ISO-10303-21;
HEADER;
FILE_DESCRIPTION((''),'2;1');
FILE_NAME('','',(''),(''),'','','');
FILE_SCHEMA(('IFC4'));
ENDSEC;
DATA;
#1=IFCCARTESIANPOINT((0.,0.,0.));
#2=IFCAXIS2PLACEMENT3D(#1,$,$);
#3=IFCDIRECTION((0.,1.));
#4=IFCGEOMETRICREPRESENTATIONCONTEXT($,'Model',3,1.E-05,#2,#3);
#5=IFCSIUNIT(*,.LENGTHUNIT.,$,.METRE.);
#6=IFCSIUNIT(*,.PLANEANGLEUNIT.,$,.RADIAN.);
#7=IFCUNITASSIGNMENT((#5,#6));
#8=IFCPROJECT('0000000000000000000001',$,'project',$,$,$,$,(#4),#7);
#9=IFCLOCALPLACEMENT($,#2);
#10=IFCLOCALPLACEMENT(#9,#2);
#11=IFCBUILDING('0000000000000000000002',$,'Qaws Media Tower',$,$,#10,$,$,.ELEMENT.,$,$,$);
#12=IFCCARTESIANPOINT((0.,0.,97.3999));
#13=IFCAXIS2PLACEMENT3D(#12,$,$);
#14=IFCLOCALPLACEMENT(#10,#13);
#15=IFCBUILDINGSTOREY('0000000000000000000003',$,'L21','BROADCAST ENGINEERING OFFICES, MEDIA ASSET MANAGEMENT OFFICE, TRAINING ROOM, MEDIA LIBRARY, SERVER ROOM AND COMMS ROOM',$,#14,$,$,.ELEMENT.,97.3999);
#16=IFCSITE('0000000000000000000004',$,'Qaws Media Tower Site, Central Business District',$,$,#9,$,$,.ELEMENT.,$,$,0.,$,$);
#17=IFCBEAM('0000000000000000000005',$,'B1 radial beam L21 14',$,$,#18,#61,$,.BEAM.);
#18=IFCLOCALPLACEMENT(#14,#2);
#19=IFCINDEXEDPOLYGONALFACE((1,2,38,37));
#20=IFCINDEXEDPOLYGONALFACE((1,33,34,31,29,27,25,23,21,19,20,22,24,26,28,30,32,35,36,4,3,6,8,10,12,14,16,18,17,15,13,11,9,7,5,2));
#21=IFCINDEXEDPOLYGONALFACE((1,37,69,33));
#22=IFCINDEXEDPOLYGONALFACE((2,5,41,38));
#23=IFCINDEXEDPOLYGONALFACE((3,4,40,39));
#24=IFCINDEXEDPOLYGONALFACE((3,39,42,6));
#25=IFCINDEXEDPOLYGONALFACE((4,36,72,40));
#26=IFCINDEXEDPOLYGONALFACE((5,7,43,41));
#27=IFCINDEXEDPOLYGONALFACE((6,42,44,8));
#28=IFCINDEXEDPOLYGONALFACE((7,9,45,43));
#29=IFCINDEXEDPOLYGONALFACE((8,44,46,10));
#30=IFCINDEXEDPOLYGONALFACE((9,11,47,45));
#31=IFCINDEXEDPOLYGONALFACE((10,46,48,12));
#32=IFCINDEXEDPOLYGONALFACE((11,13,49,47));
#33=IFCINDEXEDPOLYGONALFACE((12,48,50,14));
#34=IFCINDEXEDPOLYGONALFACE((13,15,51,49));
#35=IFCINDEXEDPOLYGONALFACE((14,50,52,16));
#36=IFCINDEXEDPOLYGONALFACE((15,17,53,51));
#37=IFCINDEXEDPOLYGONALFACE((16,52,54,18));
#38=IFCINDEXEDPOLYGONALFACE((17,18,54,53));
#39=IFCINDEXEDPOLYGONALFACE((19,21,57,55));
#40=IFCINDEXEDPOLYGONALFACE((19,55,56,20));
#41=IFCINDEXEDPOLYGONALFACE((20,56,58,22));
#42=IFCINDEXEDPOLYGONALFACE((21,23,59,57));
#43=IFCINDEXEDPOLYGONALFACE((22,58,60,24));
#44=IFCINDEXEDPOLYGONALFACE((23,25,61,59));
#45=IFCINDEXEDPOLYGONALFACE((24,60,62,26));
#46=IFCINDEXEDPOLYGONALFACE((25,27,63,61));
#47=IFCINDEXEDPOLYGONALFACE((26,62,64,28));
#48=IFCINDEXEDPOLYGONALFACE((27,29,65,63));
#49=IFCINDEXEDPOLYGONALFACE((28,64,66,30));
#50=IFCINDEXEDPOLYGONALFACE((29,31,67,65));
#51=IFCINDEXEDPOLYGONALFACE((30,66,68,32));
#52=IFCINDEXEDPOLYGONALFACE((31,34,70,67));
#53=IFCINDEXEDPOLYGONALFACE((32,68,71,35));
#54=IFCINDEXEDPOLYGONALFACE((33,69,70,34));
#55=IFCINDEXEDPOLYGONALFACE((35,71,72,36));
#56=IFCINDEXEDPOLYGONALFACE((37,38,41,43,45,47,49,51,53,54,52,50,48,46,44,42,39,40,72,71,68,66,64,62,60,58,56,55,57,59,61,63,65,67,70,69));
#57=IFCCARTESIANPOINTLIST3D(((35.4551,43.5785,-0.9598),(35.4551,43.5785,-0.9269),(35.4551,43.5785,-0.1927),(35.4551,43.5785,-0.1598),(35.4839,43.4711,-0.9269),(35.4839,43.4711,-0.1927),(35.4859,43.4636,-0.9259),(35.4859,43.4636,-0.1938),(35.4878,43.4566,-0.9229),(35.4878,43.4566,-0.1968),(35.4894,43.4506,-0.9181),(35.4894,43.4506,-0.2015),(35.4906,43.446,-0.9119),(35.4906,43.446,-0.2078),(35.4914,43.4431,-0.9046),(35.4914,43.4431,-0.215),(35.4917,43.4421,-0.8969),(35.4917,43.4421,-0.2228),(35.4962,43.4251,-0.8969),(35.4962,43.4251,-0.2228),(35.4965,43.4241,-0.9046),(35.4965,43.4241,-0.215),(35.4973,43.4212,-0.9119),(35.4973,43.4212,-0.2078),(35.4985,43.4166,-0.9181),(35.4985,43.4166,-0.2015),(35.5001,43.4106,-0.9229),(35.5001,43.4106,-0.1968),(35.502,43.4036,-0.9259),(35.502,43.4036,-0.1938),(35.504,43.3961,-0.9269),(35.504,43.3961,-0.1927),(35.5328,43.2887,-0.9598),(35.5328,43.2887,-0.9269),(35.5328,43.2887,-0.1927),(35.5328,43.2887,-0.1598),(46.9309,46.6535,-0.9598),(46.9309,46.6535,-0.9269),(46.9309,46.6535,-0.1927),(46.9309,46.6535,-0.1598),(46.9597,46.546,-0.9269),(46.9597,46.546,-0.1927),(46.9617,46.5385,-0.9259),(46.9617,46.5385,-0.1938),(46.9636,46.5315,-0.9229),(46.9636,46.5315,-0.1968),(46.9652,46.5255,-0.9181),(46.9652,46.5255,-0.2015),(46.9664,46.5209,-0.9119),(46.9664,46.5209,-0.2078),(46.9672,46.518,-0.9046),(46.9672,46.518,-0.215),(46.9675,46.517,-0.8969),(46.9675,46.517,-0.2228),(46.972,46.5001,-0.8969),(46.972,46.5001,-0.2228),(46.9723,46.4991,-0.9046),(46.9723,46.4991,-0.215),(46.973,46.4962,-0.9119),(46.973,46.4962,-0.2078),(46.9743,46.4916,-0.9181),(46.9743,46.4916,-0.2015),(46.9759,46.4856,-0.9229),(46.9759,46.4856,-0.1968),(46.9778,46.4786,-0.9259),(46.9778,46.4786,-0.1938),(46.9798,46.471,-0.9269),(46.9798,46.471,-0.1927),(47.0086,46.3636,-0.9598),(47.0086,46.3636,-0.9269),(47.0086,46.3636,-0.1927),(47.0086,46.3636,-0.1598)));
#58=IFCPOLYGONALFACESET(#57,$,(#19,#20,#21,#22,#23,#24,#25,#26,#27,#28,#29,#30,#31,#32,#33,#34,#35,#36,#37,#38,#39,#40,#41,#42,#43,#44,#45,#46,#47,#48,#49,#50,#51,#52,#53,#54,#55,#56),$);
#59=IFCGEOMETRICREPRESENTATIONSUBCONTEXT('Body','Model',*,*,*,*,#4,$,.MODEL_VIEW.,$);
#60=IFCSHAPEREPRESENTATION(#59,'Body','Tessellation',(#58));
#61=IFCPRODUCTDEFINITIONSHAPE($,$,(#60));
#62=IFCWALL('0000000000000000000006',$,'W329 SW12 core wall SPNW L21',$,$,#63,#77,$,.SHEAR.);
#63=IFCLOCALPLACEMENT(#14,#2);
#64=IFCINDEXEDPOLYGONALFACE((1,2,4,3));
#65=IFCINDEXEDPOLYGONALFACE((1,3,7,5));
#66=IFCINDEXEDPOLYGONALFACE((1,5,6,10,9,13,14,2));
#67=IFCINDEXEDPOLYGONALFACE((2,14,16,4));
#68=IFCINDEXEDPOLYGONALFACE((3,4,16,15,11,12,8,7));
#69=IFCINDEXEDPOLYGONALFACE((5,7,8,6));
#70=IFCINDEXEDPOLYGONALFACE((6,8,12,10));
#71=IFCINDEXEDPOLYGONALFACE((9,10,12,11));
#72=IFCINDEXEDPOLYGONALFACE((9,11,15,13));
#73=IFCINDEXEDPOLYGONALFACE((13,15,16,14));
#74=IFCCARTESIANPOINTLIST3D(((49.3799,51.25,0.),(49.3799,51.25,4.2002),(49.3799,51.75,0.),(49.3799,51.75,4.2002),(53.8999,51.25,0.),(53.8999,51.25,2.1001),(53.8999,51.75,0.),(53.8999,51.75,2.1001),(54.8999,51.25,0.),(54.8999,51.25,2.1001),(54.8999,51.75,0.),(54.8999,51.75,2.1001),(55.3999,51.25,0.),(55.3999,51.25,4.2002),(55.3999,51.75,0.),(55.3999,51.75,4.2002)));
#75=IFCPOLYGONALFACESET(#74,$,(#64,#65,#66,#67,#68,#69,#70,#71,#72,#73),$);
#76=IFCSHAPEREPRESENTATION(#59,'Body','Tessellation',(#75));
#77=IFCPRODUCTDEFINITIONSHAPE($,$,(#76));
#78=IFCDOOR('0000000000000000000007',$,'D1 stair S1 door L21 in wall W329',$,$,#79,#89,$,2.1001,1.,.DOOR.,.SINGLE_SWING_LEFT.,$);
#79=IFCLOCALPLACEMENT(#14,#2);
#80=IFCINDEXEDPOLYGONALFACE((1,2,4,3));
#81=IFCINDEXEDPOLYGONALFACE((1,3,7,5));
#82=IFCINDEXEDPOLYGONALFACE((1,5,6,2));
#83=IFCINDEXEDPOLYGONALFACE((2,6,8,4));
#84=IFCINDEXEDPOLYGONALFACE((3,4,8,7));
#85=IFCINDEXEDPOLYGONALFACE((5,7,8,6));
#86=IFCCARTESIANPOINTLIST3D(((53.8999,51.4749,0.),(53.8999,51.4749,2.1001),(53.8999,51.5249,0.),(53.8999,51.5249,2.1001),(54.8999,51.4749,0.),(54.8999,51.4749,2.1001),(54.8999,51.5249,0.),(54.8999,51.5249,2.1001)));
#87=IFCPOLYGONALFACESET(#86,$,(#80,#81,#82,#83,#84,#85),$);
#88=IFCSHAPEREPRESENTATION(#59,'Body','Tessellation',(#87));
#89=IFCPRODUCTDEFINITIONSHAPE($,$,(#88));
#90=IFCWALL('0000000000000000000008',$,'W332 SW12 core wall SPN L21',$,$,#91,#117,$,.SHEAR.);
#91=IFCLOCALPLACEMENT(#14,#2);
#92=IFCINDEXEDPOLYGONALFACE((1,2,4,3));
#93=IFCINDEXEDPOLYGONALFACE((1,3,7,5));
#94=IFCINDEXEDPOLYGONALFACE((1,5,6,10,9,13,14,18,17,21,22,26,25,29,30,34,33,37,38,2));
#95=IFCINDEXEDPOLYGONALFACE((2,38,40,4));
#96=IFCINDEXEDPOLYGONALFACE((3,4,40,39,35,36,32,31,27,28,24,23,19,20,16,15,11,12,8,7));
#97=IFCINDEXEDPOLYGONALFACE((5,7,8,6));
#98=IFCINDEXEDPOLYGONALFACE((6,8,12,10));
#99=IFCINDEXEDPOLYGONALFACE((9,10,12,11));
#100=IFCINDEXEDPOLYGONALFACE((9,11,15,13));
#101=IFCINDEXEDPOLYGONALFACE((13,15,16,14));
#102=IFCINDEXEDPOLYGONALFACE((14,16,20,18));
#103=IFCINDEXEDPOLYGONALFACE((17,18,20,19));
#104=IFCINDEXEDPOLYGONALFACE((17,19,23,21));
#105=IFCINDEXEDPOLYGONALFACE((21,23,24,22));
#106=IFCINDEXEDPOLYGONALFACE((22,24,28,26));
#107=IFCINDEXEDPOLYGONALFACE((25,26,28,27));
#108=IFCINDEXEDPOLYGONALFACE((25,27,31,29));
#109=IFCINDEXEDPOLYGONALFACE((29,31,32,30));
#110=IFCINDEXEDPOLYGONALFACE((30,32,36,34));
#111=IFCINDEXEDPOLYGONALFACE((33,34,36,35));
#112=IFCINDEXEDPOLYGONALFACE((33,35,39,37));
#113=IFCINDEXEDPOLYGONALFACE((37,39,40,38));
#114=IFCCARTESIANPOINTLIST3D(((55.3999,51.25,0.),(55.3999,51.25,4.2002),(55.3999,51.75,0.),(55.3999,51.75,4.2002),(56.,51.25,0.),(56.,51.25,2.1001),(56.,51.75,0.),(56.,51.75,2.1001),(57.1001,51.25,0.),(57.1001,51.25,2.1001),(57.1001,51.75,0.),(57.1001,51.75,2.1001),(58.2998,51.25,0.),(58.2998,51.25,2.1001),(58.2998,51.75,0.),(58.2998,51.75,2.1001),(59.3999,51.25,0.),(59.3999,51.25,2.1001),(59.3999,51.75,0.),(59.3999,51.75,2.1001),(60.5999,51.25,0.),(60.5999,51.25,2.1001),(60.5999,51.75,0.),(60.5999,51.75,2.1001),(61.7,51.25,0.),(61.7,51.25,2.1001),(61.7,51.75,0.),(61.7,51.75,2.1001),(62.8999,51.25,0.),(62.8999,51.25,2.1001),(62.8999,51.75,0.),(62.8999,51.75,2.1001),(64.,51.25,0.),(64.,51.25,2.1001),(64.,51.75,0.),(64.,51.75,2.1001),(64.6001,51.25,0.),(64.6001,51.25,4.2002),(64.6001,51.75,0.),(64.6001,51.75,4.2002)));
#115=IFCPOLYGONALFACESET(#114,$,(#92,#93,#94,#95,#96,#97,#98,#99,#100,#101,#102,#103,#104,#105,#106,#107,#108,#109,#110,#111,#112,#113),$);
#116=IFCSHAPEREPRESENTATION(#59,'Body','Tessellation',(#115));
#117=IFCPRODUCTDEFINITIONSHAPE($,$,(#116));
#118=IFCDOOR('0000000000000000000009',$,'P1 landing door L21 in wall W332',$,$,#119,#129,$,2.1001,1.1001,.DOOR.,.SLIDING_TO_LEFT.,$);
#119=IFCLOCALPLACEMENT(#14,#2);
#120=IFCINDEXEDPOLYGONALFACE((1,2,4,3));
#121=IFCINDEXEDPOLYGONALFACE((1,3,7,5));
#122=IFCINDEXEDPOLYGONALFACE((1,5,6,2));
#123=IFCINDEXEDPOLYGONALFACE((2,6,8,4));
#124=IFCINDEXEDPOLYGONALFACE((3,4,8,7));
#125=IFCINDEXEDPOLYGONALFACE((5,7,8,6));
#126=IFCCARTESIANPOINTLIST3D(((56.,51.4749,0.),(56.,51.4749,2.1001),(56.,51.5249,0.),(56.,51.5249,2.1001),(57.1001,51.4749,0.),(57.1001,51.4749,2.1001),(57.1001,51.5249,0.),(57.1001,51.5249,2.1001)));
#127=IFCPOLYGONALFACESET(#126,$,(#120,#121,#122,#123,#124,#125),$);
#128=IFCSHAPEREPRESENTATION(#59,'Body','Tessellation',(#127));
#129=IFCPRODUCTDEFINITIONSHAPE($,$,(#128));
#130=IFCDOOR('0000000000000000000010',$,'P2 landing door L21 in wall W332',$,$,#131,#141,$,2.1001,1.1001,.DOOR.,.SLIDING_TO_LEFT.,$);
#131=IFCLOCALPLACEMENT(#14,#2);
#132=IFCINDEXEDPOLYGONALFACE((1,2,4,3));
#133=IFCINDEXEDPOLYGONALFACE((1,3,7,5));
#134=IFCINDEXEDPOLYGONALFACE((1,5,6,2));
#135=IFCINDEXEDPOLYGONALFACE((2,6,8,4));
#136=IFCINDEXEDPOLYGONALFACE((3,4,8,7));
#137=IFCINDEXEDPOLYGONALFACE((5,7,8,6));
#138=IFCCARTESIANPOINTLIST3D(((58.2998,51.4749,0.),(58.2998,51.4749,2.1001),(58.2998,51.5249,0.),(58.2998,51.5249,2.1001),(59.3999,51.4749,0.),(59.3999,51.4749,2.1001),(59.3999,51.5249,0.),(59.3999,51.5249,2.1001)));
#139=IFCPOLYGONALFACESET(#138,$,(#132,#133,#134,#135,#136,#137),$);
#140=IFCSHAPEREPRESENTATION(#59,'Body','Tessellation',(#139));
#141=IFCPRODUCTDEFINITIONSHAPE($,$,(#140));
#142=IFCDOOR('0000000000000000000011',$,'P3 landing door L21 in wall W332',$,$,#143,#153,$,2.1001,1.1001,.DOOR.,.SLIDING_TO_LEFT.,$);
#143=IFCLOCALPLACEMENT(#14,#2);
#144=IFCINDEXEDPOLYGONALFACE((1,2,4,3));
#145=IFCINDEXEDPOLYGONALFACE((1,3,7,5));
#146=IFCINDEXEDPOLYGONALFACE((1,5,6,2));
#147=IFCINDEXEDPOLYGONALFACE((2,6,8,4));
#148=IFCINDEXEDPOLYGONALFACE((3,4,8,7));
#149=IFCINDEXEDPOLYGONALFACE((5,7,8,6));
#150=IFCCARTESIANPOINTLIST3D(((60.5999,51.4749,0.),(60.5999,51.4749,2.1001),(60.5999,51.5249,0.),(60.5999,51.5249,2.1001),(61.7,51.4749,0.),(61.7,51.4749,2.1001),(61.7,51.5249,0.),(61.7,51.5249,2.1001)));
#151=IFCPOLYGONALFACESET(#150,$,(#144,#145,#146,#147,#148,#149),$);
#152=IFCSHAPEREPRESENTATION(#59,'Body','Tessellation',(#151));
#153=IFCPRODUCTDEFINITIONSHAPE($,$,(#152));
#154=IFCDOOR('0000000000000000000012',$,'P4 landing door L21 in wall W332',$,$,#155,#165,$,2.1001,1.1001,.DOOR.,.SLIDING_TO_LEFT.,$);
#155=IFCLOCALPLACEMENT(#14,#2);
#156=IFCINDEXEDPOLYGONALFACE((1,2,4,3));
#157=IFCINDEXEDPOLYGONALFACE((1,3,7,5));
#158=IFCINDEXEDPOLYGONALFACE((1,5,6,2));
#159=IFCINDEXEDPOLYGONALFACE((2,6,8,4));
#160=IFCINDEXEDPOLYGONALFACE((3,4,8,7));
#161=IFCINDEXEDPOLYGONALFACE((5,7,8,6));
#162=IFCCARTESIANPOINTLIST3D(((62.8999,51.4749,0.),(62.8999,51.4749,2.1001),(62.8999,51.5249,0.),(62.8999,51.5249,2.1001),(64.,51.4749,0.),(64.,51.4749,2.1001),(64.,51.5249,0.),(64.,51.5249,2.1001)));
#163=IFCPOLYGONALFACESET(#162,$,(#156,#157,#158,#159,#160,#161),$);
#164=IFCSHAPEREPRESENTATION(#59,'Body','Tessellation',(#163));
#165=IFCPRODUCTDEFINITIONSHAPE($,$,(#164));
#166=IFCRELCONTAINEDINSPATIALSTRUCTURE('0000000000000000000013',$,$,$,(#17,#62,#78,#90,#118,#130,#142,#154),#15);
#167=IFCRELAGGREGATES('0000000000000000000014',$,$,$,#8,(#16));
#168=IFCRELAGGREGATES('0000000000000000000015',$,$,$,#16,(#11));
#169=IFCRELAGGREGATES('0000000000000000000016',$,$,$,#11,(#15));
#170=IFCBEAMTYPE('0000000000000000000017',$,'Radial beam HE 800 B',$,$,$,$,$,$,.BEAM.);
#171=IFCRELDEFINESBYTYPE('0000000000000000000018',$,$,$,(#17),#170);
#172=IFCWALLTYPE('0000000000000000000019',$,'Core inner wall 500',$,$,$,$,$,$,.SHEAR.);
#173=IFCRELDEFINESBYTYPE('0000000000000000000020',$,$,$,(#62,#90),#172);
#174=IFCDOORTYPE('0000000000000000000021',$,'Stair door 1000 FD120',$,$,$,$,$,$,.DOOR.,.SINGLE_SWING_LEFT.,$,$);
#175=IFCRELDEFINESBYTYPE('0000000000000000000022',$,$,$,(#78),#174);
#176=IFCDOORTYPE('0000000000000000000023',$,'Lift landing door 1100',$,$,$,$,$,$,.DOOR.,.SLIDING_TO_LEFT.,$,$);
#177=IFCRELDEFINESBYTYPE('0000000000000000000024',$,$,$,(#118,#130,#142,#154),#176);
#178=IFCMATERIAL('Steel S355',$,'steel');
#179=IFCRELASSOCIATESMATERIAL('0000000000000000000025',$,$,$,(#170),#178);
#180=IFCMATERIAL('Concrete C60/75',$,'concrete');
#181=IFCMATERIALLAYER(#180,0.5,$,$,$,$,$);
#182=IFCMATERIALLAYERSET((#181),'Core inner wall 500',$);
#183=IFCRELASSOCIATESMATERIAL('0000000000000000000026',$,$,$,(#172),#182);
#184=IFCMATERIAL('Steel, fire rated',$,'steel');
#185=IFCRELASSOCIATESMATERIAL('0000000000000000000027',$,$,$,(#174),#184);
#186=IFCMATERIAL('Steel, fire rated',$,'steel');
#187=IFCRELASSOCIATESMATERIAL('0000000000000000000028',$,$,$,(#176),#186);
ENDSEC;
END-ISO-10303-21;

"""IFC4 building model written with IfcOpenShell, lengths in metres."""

from ifc_helpers import new_model, si_unit, direction, frame, frame_2d, origin, origin_2d, place, context, subcontext, project, spatial, rectangle, i_section, extrude, material, layer, layer_set, material_profile, profile_set, type_object, element, fill, save


model = new_model("IFC4")

# Units and contexts
model_context = context("Model", 3, precision=1e-05, world=origin(), true_north=direction((0.0, 1.0)))
body_context = subcontext(model_context, "Body", "Model", "MODEL_VIEW")
ifc_project = project(units=[si_unit("LENGTHUNIT", "METRE"), si_unit("PLANEANGLEUNIT", "RADIAN")], contexts=[model_context])

# Site, building, storey
site_placement = place(None, origin())
site = spatial("IfcSite", under=ifc_project, at=site_placement, Name="Qaws Media Tower Site, Central Business District", CompositionType="ELEMENT", RefElevation=0.0)
building_placement = place(site_placement, origin())
building = spatial("IfcBuilding", under=site, at=building_placement, Name="Qaws Media Tower", CompositionType="ELEMENT")
storey_placement = place(building_placement, frame((0.0, 0.0, 97.3999)))
storey = spatial("IfcBuildingStorey", under=building, at=storey_placement, Name="L21", Description="BROADCAST ENGINEERING OFFICES, MEDIA ASSET MANAGEMENT OFFICE, TRAINING ROOM, MEDIA LIBRARY, SERVER ROOM AND COMMS ROOM", CompositionType="ELEMENT", Elevation=97.3999)

# Beam
ifc_material_1 = material(Name="Steel S355", Category="steel")
ifc_material_profile_1 = material_profile(ifc_material_1, i_section(OverallWidth=0.3, OverallDepth=0.8, WebThickness=0.0176, FlangeThickness=0.033, FilletRadius=0.03, at=origin_2d()), Name="HE 800 B")
ifc_profile_set_1 = profile_set([ifc_material_profile_1], Name="Steel S355")
beam_type_1 = type_object("IfcBeamType", Name="Radial beam HE 800 B", PredefinedType="BEAM", material=ifc_profile_set_1)
beam_1_placement = place(storey_placement, frame((46.9697, 46.5085, -0.5598), z_axis=(-0.965926, -0.25882, 0.0), x_axis=(0.25882, -0.965926, 0.0)))
element("IfcBeam", 1, at=beam_1_placement, inside=storey, type_object=beam_type_1, Name="B1 radial beam L21 14", PredefinedType="BEAM", context=body_context, shape_type="SweptSolid", body=[
    extrude(i_section(OverallWidth=0.3, OverallDepth=0.8, WebThickness=0.0176, FlangeThickness=0.033, FilletRadius=0.03, at=origin_2d()), origin(), (0.0, 0.0, 1.0), 11.8806),
])

# Wall, opening, door
ifc_material_2 = material(Name="Concrete C60/75", Category="concrete")
ifc_layer_1 = layer(ifc_material_2, 0.5)
ifc_layer_set_1 = layer_set([ifc_layer_1], Name="Core inner wall 500")
wall_type_1 = type_object("IfcWallType", Name="Core inner wall 500", PredefinedType="SHEAR", material=ifc_layer_set_1)
wall_1_placement = place(storey_placement, frame((49.3799, 51.5, 0.0), z_axis=(0.0, 0.0, 1.0), x_axis=(1.0, 0.0, 0.0)))
wall_1 = element("IfcWall", 2, at=wall_1_placement, inside=storey, type_object=wall_type_1, Name="W329 SW12 core wall SPNW L21", PredefinedType="SHEAR", context=body_context, shape_type="SweptSolid", body=[
    extrude(rectangle(XDim=6.02, YDim=0.5, at=frame_2d((3.01, 0.0))), origin(), (0.0, 0.0, 1.0), 4.2002),
])
opening_1_placement = place(wall_1_placement, frame((4.52, 0.0, 0.0)))
opening_1 = element("IfcOpeningElement", 3, at=opening_1_placement, cuts=wall_1, PredefinedType="OPENING", context=body_context, shape_type="SweptSolid", body=[
    extrude(rectangle(XDim=1.0, YDim=2.1001, at=frame_2d((0.5, 1.05))), frame((0.0, 0.26, 0.0), z_axis=(0.0, -1.0, 0.0), x_axis=(1.0, 0.0, 0.0)), (0.0, 0.0, 1.0), 0.52),
])
ifc_material_3 = material(Name="Steel, fire rated", Category="steel")
door_type_1 = type_object("IfcDoorType", Name="Stair door 1000 FD120", OperationType="SINGLE_SWING_LEFT", PredefinedType="DOOR", material=ifc_material_3)
door_1_placement = place(opening_1_placement, origin())
door_1 = element("IfcDoor", 4, at=door_1_placement, inside=storey, type_object=door_type_1, Name="D1 stair S1 door L21 in wall W329", OperationType="SINGLE_SWING_LEFT", OverallHeight=2.1001, OverallWidth=1.0, PredefinedType="DOOR", context=body_context, shape_type="SweptSolid", body=[
    extrude(rectangle(XDim=1.0, YDim=2.1001, at=frame_2d((0.5, 1.05))), frame((0.0, 0.0249, 0.0), z_axis=(0.0, -1.0, 0.0), x_axis=(1.0, 0.0, 0.0)), (0.0, 0.0, 1.0), 0.05),
])
fill(opening_1, door_1)

# Wall, openings, doors
wall_2_placement = place(storey_placement, frame((55.3999, 51.5, 0.0), z_axis=(0.0, 0.0, 1.0), x_axis=(1.0, 0.0, 0.0)))
wall_2 = element("IfcWall", 5, at=wall_2_placement, inside=storey, type_object=wall_type_1, Name="W332 SW12 core wall SPN L21", PredefinedType="SHEAR", context=body_context, shape_type="SweptSolid", body=[
    extrude(rectangle(XDim=9.2002, YDim=0.5, at=frame_2d((4.6001, 0.0))), origin(), (0.0, 0.0, 1.0), 4.2002),
])
opening_2_placement = place(wall_2_placement, frame((0.6001, 0.0, 0.0)))
opening_2 = element("IfcOpeningElement", 6, at=opening_2_placement, cuts=wall_2, PredefinedType="OPENING", context=body_context, shape_type="SweptSolid", body=[
    extrude(rectangle(XDim=1.1001, YDim=2.1001, at=frame_2d((0.55, 1.05))), frame((0.0, 0.26, 0.0), z_axis=(0.0, -1.0, 0.0), x_axis=(1.0, 0.0, 0.0)), (0.0, 0.0, 1.0), 0.52),
])
opening_3_placement = place(wall_2_placement, frame((2.8999, 0.0, 0.0)))
opening_3 = element("IfcOpeningElement", 7, at=opening_3_placement, cuts=wall_2, PredefinedType="OPENING", context=body_context, shape_type="SweptSolid", body=[
    extrude(rectangle(XDim=1.1001, YDim=2.1001, at=frame_2d((0.55, 1.05))), frame((0.0, 0.26, 0.0), z_axis=(0.0, -1.0, 0.0), x_axis=(1.0, 0.0, 0.0)), (0.0, 0.0, 1.0), 0.52),
])
opening_4_placement = place(wall_2_placement, frame((5.2, 0.0, 0.0)))
opening_4 = element("IfcOpeningElement", 8, at=opening_4_placement, cuts=wall_2, PredefinedType="OPENING", context=body_context, shape_type="SweptSolid", body=[
    extrude(rectangle(XDim=1.1001, YDim=2.1001, at=frame_2d((0.55, 1.05))), frame((0.0, 0.26, 0.0), z_axis=(0.0, -1.0, 0.0), x_axis=(1.0, 0.0, 0.0)), (0.0, 0.0, 1.0), 0.52),
])
opening_5_placement = place(wall_2_placement, frame((7.5, 0.0, 0.0)))
opening_5 = element("IfcOpeningElement", 9, at=opening_5_placement, cuts=wall_2, PredefinedType="OPENING", context=body_context, shape_type="SweptSolid", body=[
    extrude(rectangle(XDim=1.1001, YDim=2.1001, at=frame_2d((0.55, 1.05))), frame((0.0, 0.26, 0.0), z_axis=(0.0, -1.0, 0.0), x_axis=(1.0, 0.0, 0.0)), (0.0, 0.0, 1.0), 0.52),
])
ifc_material_4 = material(Name="Steel, fire rated", Category="steel")
door_type_2 = type_object("IfcDoorType", Name="Lift landing door 1100", OperationType="SLIDING_TO_LEFT", PredefinedType="DOOR", material=ifc_material_4)
door_2_placement = place(opening_2_placement, origin())
door_2 = element("IfcDoor", 10, at=door_2_placement, inside=storey, type_object=door_type_2, Name="P1 landing door L21 in wall W332", OperationType="SLIDING_TO_LEFT", OverallHeight=2.1001, OverallWidth=1.1001, PredefinedType="DOOR", context=body_context, shape_type="SweptSolid", body=[
    extrude(rectangle(XDim=1.1001, YDim=2.1001, at=frame_2d((0.55, 1.05))), frame((0.0, 0.0249, 0.0), z_axis=(0.0, -1.0, 0.0), x_axis=(1.0, 0.0, 0.0)), (0.0, 0.0, 1.0), 0.05),
])
fill(opening_2, door_2)
door_3_placement = place(opening_3_placement, origin())
door_3 = element("IfcDoor", 11, at=door_3_placement, inside=storey, type_object=door_type_2, Name="P2 landing door L21 in wall W332", OperationType="SLIDING_TO_LEFT", OverallHeight=2.1001, OverallWidth=1.1001, PredefinedType="DOOR", context=body_context, shape_type="SweptSolid", body=[
    extrude(rectangle(XDim=1.1001, YDim=2.1001, at=frame_2d((0.55, 1.05))), frame((0.0, 0.0249, 0.0), z_axis=(0.0, -1.0, 0.0), x_axis=(1.0, 0.0, 0.0)), (0.0, 0.0, 1.0), 0.05),
])
fill(opening_3, door_3)
door_4_placement = place(opening_4_placement, origin())
door_4 = element("IfcDoor", 12, at=door_4_placement, inside=storey, type_object=door_type_2, Name="P3 landing door L21 in wall W332", OperationType="SLIDING_TO_LEFT", OverallHeight=2.1001, OverallWidth=1.1001, PredefinedType="DOOR", context=body_context, shape_type="SweptSolid", body=[
    extrude(rectangle(XDim=1.1001, YDim=2.1001, at=frame_2d((0.55, 1.05))), frame((0.0, 0.0249, 0.0), z_axis=(0.0, -1.0, 0.0), x_axis=(1.0, 0.0, 0.0)), (0.0, 0.0, 1.0), 0.05),
])
fill(opening_4, door_4)
door_5_placement = place(opening_5_placement, origin())
door_5 = element("IfcDoor", 13, at=door_5_placement, inside=storey, type_object=door_type_2, Name="P4 landing door L21 in wall W332", OperationType="SLIDING_TO_LEFT", OverallHeight=2.1001, OverallWidth=1.1001, PredefinedType="DOOR", context=body_context, shape_type="SweptSolid", body=[
    extrude(rectangle(XDim=1.1001, YDim=2.1001, at=frame_2d((0.55, 1.05))), frame((0.0, 0.0249, 0.0), z_axis=(0.0, -1.0, 0.0), x_axis=(1.0, 0.0, 0.0)), (0.0, 0.0, 1.0), 0.05),
])
fill(opening_5, door_5)

save(model, "model.ifc")
